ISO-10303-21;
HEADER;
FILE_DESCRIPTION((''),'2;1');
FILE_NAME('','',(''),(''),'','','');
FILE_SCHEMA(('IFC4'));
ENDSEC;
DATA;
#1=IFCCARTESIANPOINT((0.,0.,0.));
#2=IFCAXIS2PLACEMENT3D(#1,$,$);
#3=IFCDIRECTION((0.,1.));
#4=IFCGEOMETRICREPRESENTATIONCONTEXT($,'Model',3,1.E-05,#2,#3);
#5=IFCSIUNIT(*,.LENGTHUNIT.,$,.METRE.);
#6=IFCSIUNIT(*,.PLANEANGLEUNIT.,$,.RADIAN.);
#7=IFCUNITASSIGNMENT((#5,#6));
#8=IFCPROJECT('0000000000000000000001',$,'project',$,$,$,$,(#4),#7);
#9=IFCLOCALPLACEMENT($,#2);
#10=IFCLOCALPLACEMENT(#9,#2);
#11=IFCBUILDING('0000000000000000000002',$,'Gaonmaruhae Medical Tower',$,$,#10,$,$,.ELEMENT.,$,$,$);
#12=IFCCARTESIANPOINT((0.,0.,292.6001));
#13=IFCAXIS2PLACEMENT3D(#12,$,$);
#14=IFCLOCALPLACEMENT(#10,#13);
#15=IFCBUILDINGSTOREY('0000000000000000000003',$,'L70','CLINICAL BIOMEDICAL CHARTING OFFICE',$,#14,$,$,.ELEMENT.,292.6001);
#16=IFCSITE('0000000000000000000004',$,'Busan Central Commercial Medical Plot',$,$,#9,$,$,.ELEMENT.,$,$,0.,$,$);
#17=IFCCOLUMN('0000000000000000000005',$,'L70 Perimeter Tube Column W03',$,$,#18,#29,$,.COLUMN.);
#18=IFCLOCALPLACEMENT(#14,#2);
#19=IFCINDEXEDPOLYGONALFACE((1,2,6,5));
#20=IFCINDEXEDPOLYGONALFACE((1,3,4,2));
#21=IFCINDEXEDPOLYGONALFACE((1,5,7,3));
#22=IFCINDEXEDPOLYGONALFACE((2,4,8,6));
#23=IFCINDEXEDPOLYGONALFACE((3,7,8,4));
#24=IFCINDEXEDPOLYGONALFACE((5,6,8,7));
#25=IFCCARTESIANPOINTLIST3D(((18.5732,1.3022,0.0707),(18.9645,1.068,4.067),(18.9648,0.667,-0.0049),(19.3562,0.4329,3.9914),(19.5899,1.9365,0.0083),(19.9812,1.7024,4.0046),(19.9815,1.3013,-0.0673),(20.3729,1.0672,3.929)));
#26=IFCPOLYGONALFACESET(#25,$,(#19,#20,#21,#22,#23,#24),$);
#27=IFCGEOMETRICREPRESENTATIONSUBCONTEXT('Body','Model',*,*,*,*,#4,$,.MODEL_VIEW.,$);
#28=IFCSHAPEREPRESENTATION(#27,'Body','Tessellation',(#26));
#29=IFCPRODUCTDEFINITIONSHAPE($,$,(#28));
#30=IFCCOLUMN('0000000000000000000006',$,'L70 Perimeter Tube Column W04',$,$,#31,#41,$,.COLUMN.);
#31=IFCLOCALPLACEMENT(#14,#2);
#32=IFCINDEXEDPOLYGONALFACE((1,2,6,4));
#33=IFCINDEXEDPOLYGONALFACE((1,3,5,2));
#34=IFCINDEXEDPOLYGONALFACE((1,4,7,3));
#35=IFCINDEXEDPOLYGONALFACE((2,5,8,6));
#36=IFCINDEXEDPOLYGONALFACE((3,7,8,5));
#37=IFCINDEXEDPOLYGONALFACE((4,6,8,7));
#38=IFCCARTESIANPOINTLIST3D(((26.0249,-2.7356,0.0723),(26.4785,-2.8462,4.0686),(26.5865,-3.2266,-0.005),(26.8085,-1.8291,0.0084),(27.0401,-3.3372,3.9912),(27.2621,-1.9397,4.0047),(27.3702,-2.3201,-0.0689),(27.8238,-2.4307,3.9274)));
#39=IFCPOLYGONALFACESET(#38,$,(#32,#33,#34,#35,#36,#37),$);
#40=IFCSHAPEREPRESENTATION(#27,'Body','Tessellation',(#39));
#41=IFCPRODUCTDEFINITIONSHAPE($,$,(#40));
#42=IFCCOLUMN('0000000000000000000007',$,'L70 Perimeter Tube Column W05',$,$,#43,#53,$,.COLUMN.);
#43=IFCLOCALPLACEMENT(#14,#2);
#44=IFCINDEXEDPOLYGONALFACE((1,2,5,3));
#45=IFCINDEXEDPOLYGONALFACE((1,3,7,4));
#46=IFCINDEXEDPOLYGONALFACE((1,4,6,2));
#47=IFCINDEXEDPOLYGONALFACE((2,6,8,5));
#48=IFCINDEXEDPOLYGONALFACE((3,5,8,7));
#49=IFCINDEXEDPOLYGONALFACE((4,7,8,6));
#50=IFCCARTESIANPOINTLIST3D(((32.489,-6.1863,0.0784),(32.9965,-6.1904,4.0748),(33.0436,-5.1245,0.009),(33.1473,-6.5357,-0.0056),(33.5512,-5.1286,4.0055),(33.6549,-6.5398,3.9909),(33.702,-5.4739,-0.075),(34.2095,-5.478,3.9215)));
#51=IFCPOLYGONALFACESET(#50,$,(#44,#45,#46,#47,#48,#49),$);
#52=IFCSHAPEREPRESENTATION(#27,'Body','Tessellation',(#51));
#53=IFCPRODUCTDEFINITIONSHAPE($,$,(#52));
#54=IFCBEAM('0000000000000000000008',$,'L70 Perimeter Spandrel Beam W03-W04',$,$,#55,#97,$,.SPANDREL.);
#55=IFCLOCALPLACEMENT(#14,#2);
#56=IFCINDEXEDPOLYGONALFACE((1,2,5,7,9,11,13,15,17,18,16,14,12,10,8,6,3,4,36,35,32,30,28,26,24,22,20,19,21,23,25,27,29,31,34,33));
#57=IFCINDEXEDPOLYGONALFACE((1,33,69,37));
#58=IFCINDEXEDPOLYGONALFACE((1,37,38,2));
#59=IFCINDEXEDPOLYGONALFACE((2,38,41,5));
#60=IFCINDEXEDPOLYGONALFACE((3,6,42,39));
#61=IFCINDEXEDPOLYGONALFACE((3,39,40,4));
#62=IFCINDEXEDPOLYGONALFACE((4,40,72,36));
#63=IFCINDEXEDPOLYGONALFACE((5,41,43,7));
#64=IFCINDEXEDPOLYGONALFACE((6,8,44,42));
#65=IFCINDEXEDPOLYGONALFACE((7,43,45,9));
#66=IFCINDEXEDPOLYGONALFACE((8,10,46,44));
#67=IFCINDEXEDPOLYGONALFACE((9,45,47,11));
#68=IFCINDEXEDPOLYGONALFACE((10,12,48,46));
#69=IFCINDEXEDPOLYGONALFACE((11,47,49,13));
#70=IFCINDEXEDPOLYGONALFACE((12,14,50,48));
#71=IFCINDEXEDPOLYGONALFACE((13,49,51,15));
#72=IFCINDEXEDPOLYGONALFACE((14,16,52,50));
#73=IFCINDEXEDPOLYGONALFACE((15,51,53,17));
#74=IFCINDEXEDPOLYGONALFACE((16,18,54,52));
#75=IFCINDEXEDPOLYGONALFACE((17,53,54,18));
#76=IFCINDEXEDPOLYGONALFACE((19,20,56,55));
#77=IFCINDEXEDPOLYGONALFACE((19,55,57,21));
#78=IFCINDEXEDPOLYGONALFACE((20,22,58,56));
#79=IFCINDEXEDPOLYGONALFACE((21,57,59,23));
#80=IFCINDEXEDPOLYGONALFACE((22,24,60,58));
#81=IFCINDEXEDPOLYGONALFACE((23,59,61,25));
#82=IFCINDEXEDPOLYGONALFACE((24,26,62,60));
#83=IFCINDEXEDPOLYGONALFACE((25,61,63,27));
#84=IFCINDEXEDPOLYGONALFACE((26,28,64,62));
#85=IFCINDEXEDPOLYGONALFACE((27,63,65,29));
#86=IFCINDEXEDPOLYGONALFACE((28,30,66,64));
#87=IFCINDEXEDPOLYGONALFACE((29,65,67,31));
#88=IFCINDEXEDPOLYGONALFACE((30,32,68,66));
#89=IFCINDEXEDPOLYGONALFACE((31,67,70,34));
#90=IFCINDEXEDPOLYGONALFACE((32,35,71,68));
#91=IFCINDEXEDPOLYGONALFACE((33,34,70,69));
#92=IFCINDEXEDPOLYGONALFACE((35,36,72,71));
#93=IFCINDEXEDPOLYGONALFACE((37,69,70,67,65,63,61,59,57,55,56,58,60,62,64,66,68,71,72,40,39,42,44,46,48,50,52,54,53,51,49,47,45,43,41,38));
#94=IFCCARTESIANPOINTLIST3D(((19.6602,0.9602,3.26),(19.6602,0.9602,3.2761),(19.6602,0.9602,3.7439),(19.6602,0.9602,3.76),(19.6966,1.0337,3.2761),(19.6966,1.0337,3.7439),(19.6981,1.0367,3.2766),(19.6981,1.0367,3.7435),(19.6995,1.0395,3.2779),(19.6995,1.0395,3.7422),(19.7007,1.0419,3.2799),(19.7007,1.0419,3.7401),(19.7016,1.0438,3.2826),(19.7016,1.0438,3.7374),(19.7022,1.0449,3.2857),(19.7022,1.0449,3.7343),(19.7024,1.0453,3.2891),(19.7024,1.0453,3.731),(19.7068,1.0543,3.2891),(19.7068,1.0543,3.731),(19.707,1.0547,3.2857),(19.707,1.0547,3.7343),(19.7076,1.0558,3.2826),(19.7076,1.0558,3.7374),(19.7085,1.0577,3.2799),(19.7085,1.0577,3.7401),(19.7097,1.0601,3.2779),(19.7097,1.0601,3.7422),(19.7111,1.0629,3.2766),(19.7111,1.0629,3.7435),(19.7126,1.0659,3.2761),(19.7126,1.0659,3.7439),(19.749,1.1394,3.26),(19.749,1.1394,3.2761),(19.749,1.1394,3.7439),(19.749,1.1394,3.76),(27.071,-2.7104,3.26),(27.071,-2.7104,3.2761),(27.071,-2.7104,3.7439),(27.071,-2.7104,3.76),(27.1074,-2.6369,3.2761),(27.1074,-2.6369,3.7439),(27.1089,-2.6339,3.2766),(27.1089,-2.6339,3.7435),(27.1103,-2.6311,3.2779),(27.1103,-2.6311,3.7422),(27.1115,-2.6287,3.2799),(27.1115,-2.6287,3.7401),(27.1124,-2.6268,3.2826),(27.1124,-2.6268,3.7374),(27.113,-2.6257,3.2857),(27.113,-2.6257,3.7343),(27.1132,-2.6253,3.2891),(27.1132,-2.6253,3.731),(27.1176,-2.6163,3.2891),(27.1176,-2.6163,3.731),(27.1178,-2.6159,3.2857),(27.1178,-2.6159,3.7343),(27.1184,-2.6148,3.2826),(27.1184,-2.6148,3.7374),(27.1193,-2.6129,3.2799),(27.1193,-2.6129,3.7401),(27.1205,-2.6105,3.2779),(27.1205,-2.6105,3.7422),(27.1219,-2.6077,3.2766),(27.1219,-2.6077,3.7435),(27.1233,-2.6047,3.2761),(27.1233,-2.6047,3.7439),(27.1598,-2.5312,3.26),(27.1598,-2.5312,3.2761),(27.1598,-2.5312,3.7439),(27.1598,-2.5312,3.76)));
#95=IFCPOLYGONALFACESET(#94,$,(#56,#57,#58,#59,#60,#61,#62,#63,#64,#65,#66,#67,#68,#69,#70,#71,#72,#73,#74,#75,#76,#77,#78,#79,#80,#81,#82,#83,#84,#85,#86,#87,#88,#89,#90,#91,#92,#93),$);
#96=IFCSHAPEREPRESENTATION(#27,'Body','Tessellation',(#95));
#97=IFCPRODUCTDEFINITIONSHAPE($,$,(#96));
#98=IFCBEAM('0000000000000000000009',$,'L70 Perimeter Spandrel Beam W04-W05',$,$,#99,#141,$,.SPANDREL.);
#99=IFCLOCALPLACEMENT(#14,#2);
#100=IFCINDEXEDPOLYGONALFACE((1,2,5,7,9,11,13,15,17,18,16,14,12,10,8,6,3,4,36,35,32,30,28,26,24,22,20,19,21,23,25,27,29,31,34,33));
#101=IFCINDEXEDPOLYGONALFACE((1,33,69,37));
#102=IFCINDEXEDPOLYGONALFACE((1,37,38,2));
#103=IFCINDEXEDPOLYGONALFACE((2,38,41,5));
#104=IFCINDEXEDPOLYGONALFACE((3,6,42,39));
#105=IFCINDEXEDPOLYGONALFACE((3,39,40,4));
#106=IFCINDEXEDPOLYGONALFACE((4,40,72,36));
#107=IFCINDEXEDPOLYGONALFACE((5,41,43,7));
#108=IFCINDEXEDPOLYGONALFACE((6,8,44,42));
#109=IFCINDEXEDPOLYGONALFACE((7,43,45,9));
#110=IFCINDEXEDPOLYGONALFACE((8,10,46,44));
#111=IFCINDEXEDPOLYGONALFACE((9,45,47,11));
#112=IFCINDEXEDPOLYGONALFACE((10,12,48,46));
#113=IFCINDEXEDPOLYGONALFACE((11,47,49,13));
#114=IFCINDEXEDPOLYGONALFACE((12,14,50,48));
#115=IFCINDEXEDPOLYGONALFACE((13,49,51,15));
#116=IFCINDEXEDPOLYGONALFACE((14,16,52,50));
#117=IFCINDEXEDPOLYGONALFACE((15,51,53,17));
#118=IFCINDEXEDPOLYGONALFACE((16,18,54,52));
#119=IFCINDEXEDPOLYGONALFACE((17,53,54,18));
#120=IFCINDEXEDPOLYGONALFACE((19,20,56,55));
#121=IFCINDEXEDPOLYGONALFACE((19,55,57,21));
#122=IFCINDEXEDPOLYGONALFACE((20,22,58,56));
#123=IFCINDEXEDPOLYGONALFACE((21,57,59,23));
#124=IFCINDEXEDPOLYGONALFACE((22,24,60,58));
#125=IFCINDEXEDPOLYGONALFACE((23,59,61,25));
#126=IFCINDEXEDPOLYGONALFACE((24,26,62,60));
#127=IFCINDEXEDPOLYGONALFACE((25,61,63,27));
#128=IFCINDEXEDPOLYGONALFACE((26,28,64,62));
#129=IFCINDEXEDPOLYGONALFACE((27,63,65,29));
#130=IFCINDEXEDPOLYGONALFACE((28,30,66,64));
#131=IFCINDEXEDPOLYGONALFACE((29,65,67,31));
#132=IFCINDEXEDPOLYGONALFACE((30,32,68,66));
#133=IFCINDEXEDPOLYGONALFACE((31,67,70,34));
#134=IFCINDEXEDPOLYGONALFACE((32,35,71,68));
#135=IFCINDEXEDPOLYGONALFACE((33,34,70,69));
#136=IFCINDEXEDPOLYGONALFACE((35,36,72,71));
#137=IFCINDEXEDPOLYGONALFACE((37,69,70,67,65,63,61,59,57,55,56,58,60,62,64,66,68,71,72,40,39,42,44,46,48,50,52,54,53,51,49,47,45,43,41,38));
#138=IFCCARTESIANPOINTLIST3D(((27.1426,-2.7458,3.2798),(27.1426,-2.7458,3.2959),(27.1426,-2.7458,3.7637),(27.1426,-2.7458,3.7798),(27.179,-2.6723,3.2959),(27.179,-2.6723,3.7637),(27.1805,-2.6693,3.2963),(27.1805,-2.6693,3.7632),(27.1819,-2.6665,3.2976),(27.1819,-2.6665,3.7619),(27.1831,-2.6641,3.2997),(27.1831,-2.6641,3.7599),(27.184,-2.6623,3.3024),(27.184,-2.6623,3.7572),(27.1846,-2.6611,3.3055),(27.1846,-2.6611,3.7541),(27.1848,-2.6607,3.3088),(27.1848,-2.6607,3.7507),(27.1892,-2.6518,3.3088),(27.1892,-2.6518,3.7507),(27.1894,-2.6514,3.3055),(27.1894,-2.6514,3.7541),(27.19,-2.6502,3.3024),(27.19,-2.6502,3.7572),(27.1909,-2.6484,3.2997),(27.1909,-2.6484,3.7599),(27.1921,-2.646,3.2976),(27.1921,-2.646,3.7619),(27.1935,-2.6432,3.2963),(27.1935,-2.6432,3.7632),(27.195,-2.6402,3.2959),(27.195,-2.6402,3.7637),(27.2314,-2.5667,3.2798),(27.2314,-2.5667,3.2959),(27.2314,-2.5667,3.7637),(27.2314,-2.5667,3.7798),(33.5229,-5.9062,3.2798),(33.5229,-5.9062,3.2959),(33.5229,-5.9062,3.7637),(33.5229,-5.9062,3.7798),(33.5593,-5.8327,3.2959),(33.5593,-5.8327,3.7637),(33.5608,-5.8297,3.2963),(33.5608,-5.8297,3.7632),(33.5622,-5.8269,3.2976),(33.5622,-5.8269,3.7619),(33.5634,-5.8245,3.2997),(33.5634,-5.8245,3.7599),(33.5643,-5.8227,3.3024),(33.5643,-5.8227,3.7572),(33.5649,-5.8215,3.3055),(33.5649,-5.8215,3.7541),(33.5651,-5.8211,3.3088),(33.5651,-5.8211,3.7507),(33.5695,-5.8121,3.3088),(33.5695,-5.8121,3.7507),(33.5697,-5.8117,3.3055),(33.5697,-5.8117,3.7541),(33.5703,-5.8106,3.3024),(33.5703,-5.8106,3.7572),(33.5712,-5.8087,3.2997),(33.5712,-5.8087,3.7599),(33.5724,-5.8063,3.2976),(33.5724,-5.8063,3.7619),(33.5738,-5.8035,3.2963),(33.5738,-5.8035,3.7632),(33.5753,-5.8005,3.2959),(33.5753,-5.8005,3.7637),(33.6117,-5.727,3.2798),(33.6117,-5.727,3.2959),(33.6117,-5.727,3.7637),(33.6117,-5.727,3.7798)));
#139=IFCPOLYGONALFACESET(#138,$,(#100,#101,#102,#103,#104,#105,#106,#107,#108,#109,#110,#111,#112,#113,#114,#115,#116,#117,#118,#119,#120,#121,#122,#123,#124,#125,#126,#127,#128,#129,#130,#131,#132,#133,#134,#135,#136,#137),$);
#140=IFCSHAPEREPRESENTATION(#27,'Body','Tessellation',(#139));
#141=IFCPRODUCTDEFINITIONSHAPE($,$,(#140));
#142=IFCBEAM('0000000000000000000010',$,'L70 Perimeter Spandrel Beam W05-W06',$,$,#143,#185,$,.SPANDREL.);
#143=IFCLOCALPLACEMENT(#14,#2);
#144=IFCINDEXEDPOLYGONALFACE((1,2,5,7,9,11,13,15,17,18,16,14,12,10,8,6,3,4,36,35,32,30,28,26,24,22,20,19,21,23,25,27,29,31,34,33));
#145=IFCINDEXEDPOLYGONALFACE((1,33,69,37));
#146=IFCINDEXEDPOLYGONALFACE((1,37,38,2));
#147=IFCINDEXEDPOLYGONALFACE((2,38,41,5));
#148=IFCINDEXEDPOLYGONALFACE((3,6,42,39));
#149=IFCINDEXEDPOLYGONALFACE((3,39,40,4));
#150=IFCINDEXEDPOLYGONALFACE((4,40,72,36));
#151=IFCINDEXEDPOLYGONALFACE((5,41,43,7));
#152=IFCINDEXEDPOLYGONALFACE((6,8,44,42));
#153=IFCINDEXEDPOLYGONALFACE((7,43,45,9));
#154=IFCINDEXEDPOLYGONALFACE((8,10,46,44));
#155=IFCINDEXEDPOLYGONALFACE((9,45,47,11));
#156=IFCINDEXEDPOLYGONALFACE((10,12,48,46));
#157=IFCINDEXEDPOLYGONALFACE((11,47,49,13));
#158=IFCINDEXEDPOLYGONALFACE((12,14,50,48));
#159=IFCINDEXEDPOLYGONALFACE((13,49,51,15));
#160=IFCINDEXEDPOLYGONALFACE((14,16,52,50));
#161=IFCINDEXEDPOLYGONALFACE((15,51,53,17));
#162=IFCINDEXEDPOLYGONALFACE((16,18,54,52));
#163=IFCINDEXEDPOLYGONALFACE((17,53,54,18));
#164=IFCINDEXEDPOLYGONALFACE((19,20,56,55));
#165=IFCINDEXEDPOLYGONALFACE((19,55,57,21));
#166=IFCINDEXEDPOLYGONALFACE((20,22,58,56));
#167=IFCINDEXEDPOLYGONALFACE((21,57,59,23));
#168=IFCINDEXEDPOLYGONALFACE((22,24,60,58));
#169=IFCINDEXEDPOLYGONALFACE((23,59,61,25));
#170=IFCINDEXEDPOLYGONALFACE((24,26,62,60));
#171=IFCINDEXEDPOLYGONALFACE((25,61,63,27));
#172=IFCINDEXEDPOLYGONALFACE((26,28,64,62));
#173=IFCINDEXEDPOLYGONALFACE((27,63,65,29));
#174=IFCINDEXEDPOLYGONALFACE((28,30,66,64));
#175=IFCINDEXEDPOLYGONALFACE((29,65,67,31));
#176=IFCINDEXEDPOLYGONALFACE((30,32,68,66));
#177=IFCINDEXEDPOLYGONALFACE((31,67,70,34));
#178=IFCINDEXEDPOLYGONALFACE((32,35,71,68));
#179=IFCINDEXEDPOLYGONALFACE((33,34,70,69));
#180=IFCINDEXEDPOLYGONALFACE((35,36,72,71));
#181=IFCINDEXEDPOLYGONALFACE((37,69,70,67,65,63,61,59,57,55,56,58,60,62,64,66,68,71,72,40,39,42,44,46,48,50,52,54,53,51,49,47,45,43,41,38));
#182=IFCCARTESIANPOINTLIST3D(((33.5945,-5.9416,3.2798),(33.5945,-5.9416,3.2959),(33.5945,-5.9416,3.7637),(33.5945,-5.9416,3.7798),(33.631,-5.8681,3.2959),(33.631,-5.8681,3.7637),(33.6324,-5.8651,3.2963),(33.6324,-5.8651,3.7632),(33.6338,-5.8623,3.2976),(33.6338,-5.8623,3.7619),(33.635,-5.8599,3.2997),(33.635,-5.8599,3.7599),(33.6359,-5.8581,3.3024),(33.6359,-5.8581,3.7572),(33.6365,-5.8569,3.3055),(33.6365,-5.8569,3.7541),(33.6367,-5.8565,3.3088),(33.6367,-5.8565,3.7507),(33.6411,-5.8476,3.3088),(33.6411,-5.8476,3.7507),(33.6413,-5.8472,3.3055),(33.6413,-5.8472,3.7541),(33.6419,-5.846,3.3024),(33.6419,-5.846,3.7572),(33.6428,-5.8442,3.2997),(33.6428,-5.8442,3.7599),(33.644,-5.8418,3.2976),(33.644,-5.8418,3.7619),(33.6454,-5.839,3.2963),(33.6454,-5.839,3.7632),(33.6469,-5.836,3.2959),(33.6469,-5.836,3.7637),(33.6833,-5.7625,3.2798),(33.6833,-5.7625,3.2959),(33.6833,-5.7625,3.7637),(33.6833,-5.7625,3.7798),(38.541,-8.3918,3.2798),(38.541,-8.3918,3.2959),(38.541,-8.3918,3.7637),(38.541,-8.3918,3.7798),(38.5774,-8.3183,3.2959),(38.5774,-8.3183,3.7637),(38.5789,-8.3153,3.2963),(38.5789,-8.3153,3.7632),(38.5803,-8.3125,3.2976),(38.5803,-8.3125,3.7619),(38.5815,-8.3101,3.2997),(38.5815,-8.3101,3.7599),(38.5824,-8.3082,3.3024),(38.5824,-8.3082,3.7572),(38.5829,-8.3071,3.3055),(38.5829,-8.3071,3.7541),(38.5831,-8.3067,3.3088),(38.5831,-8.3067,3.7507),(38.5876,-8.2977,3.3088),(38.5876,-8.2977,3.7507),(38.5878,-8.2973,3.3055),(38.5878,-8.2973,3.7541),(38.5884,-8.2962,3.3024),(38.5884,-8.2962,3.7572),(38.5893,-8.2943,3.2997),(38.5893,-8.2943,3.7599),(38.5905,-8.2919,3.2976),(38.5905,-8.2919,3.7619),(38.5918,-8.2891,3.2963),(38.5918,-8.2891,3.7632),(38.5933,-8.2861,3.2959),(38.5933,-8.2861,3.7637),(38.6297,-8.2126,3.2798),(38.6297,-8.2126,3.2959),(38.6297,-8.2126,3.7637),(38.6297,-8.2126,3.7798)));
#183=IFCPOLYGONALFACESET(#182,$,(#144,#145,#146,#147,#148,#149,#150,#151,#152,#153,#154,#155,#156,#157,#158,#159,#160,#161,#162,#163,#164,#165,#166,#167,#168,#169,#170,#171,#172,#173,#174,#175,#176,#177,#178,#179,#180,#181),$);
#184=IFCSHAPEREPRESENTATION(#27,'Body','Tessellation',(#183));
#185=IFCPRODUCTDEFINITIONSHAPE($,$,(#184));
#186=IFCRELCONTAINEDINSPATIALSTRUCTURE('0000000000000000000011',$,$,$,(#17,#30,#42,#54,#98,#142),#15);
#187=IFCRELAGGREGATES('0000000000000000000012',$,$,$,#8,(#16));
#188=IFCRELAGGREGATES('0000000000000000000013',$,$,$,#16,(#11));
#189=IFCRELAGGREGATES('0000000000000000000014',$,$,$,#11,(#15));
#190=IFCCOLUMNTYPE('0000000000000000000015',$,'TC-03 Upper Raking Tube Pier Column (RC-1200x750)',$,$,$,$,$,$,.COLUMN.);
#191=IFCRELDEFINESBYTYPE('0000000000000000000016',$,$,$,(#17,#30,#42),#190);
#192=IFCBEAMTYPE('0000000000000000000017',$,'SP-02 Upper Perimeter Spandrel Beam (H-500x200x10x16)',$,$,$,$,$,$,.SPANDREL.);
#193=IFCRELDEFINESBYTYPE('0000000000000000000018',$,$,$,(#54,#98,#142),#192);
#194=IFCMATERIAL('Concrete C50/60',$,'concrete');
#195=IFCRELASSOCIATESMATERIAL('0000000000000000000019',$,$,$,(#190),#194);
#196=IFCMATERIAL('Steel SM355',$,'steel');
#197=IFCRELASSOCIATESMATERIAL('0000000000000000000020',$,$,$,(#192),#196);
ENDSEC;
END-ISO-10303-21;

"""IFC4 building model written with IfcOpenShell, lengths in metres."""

from ifc_helpers import new_model, si_unit, direction, frame, origin, origin_2d, place, context, subcontext, project, spatial, rectangle, i_section, extrude, material, material_profile, profile_set, type_object, element, save


model = new_model("IFC4")

# Units and contexts
model_context = context("Model", 3, precision=1e-05, world=origin(), true_north=direction((0.0, 1.0)))
body_context = subcontext(model_context, "Body", "Model", "MODEL_VIEW")
ifc_project = project(units=[si_unit("LENGTHUNIT", "METRE"), si_unit("PLANEANGLEUNIT", "RADIAN")], contexts=[model_context])

# Site, building, storey
site_placement = place(None, origin())
site = spatial("IfcSite", under=ifc_project, at=site_placement, Name="Busan Central Commercial Medical Plot", CompositionType="ELEMENT", RefElevation=0.0)
building_placement = place(site_placement, origin())
building = spatial("IfcBuilding", under=site, at=building_placement, Name="Gaonmaruhae Medical Tower", CompositionType="ELEMENT")
storey_placement = place(building_placement, frame((0.0, 0.0, 292.6001)))
storey = spatial("IfcBuildingStorey", under=building, at=storey_placement, Name="L70", Description="CLINICAL BIOMEDICAL CHARTING OFFICE", CompositionType="ELEMENT", Elevation=292.6001)

# Columns
ifc_material_1 = material(Name="Concrete C50/60", Category="concrete")
ifc_material_profile_1 = material_profile(ifc_material_1, rectangle(XDim=1.2, YDim=0.75, at=origin_2d()), Name="RC-1200x750")
ifc_profile_set_1 = profile_set([ifc_material_profile_1], Name="Concrete C50/60")
column_type = type_object("IfcColumnType", Name="TC-03 Upper Raking Tube Pier Column (RC-1200x750)", PredefinedType="COLUMN", material=ifc_profile_set_1)
column_1_placement = place(storey_placement, frame((19.2773, 1.3018, 0.0017), z_axis=(0.097298, -0.058209, 0.993552), x_axis=(-0.847264, -0.528621, 0.052002)))
element("IfcColumn", 1, at=column_1_placement, inside=storey, type_object=column_type, Name="L70 Perimeter Tube Column W03", PredefinedType="COLUMN", context=body_context, shape_type="SweptSolid", body=[
    extrude(rectangle(XDim=1.2, YDim=0.75, at=origin_2d()), origin(), (0.0, 0.0, 1.0), 4.0222),
])
column_2_placement = place(storey_placement, frame((26.6975, -2.5278, 0.0017), z_axis=(0.11274, -0.027487, 0.993244), x_axis=(-0.653075, -0.755421, 0.053223)))
element("IfcColumn", 2, at=column_2_placement, inside=storey, type_object=column_type, Name="L70 Perimeter Tube Column W04", PredefinedType="COLUMN", context=body_context, shape_type="SweptSolid", body=[
    extrude(rectangle(XDim=1.2, YDim=0.75, at=origin_2d()), origin(), (0.0, 0.0, 1.0), 4.0234),
])
column_3_placement = place(storey_placement, frame((33.0955, -5.8301, 0.0017), z_axis=(0.125996, -0.00103, 0.99203), x_axis=(-0.462245, -0.884867, 0.05779)))
element("IfcColumn", 3, at=column_3_placement, inside=storey, type_object=column_type, Name="L70 Perimeter Tube Column W05", PredefinedType="COLUMN", context=body_context, shape_type="SweptSolid", body=[
    extrude(rectangle(XDim=1.2, YDim=0.75, at=origin_2d()), origin(), (0.0, 0.0, 1.0), 4.0286),
])

# Beams
ifc_material_2 = material(Name="Steel SM355", Category="steel")
ifc_material_profile_2 = material_profile(ifc_material_2, i_section(OverallWidth=0.2, OverallDepth=0.5, WebThickness=0.01, FlangeThickness=0.0161, FilletRadius=0.0129, at=origin_2d()), Name="H-500x200x10x16")
ifc_profile_set_2 = profile_set([ifc_material_profile_2], Name="Steel SM355")
beam_type = type_object("IfcBeamType", Name="SP-02 Upper Perimeter Spandrel Beam (H-500x200x10x16)", PredefinedType="SPANDREL", material=ifc_profile_set_2)
beam_1_placement = place(storey_placement, frame((19.7046, 1.0498, 3.51), z_axis=(0.896104, -0.443845, 0.0), x_axis=(0.443845, 0.896104, 0.0)))
element("IfcBeam", 4, at=beam_1_placement, inside=storey, type_object=beam_type, Name="L70 Perimeter Spandrel Beam W03-W04", PredefinedType="SPANDREL", context=body_context, shape_type="SweptSolid", body=[
    extrude(i_section(OverallWidth=0.2, OverallDepth=0.5, WebThickness=0.01, FlangeThickness=0.0161, FilletRadius=0.0129, at=origin_2d()), origin(), (0.0, 0.0, 1.0), 8.27),
])
beam_2_placement = place(storey_placement, frame((27.187, -2.6562, 3.5298), z_axis=(0.896094, -0.443864, 0.0), x_axis=(0.443864, 0.896094, 0.0)))
element("IfcBeam", 5, at=beam_2_placement, inside=storey, type_object=beam_type, Name="L70 Perimeter Spandrel Beam W04-W05", PredefinedType="SPANDREL", context=body_context, shape_type="SweptSolid", body=[
    extrude(i_section(OverallWidth=0.2, OverallDepth=0.5, WebThickness=0.01, FlangeThickness=0.0161, FilletRadius=0.0129, at=origin_2d()), origin(), (0.0, 0.0, 1.0), 7.1201),
])
beam_3_placement = place(storey_placement, frame((33.6389, -5.8521, 3.5298), z_axis=(0.896093, -0.443867, 0.0), x_axis=(0.443867, 0.896093, 0.0)))
element("IfcBeam", 6, at=beam_3_placement, inside=storey, type_object=beam_type, Name="L70 Perimeter Spandrel Beam W05-W06", PredefinedType="SPANDREL", context=body_context, shape_type="SweptSolid", body=[
    extrude(i_section(OverallWidth=0.2, OverallDepth=0.5, WebThickness=0.01, FlangeThickness=0.0161, FilletRadius=0.0129, at=origin_2d()), origin(), (0.0, 0.0, 1.0), 5.52),
])

save(model, "model.ifc")
